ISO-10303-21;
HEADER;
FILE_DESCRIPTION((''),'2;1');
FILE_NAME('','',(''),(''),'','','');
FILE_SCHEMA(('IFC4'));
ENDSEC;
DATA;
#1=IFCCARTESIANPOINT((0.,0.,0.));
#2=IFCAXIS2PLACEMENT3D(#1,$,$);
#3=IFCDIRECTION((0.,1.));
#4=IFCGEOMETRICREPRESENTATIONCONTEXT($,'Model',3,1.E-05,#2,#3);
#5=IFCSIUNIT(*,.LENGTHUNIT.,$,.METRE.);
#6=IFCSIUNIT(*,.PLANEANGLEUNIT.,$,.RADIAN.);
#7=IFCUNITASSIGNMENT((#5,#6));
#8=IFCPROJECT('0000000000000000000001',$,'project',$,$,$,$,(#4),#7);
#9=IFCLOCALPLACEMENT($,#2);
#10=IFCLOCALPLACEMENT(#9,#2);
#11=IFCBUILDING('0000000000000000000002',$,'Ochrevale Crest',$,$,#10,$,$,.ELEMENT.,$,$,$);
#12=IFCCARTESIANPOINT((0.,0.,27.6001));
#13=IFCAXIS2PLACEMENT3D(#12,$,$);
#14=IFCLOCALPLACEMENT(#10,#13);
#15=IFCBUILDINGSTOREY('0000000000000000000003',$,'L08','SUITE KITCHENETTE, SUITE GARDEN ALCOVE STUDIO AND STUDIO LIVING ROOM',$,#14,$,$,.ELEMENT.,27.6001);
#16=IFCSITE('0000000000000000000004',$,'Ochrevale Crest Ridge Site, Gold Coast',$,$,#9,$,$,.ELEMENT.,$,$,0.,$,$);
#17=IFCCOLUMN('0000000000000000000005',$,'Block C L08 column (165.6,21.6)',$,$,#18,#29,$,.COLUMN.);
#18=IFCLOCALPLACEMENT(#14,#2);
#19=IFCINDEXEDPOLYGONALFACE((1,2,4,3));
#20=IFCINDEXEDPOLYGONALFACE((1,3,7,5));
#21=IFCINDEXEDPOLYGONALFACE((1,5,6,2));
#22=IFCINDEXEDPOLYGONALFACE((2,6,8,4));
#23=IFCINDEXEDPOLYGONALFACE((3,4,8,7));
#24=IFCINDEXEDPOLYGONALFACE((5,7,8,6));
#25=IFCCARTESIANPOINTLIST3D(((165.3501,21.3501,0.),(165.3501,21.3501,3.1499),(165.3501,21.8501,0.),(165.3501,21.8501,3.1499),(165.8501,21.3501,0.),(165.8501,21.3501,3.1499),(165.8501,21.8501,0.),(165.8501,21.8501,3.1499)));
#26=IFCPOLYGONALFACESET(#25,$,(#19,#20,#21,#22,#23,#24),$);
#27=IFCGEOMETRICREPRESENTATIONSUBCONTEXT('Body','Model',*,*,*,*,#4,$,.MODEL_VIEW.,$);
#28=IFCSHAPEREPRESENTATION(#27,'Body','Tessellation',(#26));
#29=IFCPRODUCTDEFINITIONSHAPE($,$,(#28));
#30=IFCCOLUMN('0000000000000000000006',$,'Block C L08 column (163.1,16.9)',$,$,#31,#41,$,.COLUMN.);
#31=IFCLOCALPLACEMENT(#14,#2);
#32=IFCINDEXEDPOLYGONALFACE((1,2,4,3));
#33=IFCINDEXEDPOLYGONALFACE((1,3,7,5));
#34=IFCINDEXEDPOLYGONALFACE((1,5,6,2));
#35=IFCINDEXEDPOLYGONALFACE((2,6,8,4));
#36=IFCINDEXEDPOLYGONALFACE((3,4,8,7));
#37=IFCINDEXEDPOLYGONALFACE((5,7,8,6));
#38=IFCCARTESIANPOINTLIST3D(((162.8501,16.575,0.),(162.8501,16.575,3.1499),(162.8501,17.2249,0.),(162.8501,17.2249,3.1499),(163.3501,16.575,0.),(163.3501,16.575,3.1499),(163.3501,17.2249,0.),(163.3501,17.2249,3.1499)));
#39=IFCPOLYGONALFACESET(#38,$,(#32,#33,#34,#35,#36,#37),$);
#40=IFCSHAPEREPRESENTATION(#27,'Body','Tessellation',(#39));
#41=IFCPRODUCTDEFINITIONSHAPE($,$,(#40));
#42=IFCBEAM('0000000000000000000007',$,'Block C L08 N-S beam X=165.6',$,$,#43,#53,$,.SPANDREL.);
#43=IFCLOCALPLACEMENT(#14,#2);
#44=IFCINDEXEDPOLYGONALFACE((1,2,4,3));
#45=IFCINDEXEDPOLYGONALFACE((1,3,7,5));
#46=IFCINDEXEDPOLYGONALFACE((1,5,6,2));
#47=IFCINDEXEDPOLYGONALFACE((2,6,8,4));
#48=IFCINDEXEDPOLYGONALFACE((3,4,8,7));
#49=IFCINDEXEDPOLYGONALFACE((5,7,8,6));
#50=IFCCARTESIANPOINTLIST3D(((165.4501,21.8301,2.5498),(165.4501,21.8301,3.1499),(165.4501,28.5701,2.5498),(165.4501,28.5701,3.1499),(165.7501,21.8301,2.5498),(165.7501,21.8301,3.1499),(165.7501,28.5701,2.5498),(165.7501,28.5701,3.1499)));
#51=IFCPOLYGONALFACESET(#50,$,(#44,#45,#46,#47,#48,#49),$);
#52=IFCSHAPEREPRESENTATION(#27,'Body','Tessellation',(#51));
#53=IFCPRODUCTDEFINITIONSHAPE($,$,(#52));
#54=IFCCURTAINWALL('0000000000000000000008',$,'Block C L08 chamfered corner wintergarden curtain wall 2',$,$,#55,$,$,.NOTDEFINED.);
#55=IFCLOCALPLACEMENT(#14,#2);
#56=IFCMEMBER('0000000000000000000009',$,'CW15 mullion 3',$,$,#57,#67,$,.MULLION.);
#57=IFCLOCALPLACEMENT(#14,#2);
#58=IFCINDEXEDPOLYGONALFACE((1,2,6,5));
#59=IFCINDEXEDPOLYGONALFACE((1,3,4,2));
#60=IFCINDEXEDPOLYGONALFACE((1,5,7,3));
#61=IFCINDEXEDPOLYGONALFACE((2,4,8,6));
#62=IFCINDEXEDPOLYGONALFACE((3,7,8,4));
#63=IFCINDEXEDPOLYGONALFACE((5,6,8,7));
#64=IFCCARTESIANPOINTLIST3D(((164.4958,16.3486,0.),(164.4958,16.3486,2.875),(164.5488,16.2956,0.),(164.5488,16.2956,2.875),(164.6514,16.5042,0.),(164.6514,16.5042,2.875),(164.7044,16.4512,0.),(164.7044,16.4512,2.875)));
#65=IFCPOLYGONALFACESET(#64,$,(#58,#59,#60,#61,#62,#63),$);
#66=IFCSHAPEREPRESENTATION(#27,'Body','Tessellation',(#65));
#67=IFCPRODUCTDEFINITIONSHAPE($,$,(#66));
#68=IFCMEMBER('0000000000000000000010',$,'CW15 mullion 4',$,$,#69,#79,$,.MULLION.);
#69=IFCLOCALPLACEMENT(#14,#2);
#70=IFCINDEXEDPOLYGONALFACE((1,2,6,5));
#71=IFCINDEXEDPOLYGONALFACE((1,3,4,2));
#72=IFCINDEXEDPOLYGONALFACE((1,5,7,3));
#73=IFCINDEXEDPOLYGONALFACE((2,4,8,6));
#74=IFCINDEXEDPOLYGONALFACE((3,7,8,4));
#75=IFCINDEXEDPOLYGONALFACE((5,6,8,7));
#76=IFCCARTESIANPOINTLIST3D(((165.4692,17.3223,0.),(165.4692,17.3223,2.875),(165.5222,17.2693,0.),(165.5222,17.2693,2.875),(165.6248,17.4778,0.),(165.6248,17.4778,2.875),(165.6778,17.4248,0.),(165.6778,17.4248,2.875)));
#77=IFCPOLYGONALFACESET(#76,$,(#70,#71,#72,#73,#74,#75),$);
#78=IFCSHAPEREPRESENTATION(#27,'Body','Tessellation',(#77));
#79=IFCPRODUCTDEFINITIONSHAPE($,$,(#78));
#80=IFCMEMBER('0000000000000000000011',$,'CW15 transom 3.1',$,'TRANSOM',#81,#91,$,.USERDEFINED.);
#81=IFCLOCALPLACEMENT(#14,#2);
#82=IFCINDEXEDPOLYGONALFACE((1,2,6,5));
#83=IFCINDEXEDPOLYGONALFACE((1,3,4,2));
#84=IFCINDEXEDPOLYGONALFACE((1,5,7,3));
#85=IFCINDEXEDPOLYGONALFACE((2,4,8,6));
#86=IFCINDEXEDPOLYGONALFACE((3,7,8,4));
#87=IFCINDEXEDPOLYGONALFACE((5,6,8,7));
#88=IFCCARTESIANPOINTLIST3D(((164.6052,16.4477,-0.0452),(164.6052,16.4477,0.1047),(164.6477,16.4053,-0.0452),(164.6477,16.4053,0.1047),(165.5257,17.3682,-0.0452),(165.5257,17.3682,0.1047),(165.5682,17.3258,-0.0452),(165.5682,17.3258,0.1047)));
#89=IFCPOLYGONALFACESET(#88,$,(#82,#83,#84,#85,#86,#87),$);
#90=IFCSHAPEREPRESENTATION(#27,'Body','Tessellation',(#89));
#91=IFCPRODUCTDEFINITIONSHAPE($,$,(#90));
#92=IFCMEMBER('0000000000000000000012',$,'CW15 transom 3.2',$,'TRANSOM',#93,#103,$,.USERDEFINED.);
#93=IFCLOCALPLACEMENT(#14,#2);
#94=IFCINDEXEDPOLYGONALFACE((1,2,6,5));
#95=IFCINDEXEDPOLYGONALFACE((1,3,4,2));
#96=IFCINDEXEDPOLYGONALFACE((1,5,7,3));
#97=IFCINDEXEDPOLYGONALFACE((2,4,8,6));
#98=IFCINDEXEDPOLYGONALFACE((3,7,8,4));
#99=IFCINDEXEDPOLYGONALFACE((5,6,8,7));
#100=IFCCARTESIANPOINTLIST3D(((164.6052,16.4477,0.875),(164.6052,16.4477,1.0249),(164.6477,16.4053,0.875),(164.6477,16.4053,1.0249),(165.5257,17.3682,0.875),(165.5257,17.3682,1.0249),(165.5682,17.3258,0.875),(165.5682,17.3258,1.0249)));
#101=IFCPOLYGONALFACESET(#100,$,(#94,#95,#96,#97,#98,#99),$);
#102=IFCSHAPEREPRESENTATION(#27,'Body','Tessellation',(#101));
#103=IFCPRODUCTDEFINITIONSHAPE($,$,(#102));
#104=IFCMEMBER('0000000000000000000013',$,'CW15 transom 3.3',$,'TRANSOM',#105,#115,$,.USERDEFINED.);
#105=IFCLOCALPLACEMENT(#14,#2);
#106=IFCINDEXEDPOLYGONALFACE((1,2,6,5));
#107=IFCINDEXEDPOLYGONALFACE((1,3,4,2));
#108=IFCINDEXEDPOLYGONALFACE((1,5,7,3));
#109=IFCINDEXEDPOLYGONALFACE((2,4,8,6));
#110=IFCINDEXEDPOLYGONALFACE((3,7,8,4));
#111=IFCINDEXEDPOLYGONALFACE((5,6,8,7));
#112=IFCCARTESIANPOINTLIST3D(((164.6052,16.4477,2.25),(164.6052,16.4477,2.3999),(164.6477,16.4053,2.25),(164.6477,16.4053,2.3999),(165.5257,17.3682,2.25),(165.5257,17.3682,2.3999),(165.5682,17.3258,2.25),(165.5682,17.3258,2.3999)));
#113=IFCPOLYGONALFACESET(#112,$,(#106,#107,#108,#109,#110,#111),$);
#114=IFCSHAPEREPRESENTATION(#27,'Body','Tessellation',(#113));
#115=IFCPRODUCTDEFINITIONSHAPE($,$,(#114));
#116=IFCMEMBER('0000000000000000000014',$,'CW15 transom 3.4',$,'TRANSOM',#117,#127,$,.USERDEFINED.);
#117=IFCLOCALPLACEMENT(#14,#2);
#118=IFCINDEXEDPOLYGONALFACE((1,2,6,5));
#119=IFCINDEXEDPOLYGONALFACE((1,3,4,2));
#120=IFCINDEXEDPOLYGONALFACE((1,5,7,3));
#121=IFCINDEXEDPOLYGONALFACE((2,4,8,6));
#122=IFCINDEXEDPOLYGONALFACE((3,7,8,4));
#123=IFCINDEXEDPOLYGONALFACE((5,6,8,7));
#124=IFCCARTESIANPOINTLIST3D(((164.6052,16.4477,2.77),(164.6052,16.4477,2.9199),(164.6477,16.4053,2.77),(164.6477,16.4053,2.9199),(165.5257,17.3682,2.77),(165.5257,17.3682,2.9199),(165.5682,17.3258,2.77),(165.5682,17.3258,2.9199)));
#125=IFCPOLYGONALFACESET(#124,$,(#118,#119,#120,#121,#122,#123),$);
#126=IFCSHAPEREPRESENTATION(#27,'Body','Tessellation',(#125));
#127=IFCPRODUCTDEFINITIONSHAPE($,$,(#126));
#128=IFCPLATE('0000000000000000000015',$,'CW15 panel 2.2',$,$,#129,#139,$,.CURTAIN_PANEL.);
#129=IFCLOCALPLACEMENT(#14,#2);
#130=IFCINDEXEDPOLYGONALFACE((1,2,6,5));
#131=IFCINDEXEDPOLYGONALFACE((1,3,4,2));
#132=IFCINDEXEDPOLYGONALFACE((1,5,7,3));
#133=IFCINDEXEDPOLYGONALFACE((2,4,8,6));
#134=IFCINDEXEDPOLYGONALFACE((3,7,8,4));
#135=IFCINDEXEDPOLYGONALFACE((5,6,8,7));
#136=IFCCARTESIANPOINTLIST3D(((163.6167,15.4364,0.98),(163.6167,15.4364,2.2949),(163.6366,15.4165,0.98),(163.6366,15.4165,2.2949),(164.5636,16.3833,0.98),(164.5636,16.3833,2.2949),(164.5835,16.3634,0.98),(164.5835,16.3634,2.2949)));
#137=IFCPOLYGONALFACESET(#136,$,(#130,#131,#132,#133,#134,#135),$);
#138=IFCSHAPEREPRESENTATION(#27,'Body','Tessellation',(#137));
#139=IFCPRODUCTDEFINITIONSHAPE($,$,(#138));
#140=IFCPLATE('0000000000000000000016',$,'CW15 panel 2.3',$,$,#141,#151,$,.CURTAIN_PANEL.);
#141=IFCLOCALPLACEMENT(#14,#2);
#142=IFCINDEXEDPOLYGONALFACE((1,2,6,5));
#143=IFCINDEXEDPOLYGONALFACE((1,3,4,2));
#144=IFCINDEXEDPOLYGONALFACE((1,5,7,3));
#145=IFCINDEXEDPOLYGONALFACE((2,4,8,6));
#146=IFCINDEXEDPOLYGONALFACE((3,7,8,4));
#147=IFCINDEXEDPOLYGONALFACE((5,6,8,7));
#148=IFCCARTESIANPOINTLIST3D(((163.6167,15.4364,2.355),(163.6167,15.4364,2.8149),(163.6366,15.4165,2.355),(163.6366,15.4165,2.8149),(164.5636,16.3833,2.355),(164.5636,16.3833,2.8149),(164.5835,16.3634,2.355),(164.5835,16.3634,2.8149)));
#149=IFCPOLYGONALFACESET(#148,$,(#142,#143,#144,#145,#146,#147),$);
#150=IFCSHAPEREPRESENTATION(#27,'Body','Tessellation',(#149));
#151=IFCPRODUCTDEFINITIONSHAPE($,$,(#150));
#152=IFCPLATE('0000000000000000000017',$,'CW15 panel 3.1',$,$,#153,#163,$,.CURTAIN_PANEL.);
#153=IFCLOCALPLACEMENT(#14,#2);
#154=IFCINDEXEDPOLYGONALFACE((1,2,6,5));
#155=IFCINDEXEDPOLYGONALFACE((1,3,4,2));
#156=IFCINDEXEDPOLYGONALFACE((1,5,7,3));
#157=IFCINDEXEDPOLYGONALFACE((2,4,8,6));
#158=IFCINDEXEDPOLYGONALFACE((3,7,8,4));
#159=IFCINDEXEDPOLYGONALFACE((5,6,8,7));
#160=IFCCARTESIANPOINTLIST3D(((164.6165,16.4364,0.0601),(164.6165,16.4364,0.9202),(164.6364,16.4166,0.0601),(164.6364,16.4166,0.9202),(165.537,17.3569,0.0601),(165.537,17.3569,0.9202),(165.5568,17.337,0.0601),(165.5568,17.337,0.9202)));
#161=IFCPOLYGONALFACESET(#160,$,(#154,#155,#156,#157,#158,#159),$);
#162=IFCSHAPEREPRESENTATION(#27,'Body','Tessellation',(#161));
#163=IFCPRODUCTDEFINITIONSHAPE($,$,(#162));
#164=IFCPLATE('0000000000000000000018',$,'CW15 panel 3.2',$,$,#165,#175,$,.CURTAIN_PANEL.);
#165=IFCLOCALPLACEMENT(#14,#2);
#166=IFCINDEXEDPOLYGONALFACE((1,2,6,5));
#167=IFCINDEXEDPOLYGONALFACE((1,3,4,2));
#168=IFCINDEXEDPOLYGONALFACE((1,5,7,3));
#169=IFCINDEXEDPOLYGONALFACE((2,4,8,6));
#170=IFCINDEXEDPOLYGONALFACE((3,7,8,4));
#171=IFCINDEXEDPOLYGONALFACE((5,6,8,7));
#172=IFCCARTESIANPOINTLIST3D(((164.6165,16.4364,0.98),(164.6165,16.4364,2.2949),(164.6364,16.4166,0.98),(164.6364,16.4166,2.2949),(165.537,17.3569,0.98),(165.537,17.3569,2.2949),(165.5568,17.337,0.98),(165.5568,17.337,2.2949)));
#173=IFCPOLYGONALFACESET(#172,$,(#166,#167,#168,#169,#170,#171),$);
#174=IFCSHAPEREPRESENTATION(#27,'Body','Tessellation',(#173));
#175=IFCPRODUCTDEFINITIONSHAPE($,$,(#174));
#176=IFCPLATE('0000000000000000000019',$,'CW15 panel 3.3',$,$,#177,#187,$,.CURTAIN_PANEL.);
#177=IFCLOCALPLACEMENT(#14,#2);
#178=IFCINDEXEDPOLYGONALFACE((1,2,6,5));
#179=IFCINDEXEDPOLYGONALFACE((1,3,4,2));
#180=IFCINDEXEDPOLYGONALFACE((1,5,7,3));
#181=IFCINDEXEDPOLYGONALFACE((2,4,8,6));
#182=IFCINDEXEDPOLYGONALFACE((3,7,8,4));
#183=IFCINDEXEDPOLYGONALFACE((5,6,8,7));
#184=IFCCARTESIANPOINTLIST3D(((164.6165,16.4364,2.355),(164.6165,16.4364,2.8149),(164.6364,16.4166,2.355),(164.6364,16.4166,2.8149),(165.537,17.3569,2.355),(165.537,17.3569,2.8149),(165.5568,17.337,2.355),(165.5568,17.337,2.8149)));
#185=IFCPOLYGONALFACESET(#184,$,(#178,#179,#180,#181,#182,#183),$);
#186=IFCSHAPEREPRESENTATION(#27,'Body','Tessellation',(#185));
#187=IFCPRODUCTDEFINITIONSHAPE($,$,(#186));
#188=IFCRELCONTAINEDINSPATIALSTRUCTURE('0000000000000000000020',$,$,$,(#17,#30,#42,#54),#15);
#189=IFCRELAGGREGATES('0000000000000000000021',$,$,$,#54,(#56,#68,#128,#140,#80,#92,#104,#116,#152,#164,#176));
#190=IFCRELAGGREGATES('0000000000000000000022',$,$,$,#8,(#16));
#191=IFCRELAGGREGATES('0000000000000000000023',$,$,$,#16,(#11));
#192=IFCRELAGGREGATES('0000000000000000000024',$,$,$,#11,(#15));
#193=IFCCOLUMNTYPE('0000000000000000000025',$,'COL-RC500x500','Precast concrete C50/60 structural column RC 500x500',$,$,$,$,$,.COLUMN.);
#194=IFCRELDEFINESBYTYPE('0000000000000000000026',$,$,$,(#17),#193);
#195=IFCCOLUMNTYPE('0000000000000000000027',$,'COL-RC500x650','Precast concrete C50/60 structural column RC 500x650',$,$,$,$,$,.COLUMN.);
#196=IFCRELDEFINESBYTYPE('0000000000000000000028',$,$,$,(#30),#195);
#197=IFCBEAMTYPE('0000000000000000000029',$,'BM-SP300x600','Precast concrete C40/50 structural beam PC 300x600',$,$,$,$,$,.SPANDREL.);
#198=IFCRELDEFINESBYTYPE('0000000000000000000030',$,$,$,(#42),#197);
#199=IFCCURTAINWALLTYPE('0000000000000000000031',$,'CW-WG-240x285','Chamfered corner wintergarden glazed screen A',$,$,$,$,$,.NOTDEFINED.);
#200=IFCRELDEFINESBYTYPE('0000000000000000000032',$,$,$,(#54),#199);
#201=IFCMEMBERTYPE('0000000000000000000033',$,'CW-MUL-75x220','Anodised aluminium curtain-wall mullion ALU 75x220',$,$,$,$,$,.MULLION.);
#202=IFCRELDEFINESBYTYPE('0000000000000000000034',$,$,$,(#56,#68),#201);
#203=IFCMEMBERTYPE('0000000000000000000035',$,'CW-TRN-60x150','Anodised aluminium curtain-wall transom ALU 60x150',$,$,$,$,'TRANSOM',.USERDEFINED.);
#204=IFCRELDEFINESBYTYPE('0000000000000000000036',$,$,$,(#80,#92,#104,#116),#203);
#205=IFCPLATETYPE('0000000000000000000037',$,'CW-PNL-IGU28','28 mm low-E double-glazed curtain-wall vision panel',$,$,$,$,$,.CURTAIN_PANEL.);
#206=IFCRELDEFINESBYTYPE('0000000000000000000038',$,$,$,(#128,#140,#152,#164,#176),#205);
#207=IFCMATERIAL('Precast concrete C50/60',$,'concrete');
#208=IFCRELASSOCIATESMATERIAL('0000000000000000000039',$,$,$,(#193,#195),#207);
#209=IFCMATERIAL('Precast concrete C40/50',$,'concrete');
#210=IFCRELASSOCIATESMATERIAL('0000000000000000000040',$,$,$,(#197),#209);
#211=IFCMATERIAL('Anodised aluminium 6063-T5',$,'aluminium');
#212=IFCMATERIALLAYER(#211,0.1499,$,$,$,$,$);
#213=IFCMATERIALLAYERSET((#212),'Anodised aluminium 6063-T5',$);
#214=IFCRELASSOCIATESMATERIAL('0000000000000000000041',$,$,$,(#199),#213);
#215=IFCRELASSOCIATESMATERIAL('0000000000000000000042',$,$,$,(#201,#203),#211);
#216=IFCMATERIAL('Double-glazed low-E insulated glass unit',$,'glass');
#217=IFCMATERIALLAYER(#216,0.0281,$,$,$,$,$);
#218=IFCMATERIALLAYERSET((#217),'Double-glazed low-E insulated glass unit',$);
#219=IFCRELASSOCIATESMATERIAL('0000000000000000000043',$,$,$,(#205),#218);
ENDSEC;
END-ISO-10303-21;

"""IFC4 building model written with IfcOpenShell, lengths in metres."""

from ifc_helpers import new_model, si_unit, direction, frame, origin, origin_2d, place, context, subcontext, project, spatial, rectangle, extrude, material, layer, layer_set, material_profile, profile_set, type_object, element, aggregate, save


model = new_model("IFC4")

# Units and contexts
model_context = context("Model", 3, precision=1e-05, world=origin(), true_north=direction((0.0, 1.0)))
body_context = subcontext(model_context, "Body", "Model", "MODEL_VIEW")
ifc_project = project(units=[si_unit("LENGTHUNIT", "METRE"), si_unit("PLANEANGLEUNIT", "RADIAN")], contexts=[model_context])

# Site, building, storey
site_placement = place(None, origin())
site = spatial("IfcSite", under=ifc_project, at=site_placement, Name="Ochrevale Crest Ridge Site, Gold Coast", CompositionType="ELEMENT", RefElevation=0.0)
building_placement = place(site_placement, origin())
building = spatial("IfcBuilding", under=site, at=building_placement, Name="Ochrevale Crest", CompositionType="ELEMENT")
storey_placement = place(building_placement, frame((0.0, 0.0, 27.6001)))
storey = spatial("IfcBuildingStorey", under=building, at=storey_placement, Name="L08", Description="SUITE KITCHENETTE, SUITE GARDEN ALCOVE STUDIO AND STUDIO LIVING ROOM", CompositionType="ELEMENT", Elevation=27.6001)

# Columns
ifc_material_1 = material(Name="Precast concrete C50/60", Category="concrete")
ifc_material_profile_1 = material_profile(ifc_material_1, rectangle(XDim=0.5, YDim=0.5, at=origin_2d()), Name="RC 500x500")
ifc_profile_set_1 = profile_set([ifc_material_profile_1], Name="Precast concrete C50/60")
column_type_1 = type_object("IfcColumnType", Name="COL-RC500x500", Description="Precast concrete C50/60 structural column RC 500x500", PredefinedType="COLUMN", material=ifc_profile_set_1)
column_1_placement = place(storey_placement, frame((165.6001, 21.6001, 0.0), z_axis=(0.0, 0.0, 1.0), x_axis=(1.0, 0.0, 0.0)))
element("IfcColumn", 1, at=column_1_placement, inside=storey, type_object=column_type_1, Name="Block C L08 column (165.6,21.6)", PredefinedType="COLUMN", context=body_context, shape_type="SweptSolid", body=[
    extrude(rectangle(XDim=0.5, YDim=0.5, at=origin_2d()), origin(), (0.0, 0.0, 1.0), 3.1499),
])
ifc_material_profile_2 = material_profile(ifc_material_1, rectangle(XDim=0.5, YDim=0.6499, at=origin_2d()), Name="RC 500x650")
ifc_profile_set_2 = profile_set([ifc_material_profile_2], Name="Precast concrete C50/60")
column_type_2 = type_object("IfcColumnType", Name="COL-RC500x650", Description="Precast concrete C50/60 structural column RC 500x650", PredefinedType="COLUMN", material=ifc_profile_set_2)
column_2_placement = place(storey_placement, frame((163.1001, 16.8999, 0.0), z_axis=(0.0, 0.0, 1.0), x_axis=(1.0, 0.0, 0.0)))
element("IfcColumn", 2, at=column_2_placement, inside=storey, type_object=column_type_2, Name="Block C L08 column (163.1,16.9)", PredefinedType="COLUMN", context=body_context, shape_type="SweptSolid", body=[
    extrude(rectangle(XDim=0.5, YDim=0.6499, at=origin_2d()), origin(), (0.0, 0.0, 1.0), 3.1499),
])

# Beam
ifc_material_2 = material(Name="Precast concrete C40/50", Category="concrete")
ifc_material_profile_3 = material_profile(ifc_material_2, rectangle(XDim=0.3, YDim=0.6001, at=origin_2d()), Name="PC 300x600")
ifc_profile_set_3 = profile_set([ifc_material_profile_3], Name="Precast concrete C40/50")
beam_type = type_object("IfcBeamType", Name="BM-SP300x600", Description="Precast concrete C40/50 structural beam PC 300x600", PredefinedType="SPANDREL", material=ifc_profile_set_3)
beam_placement = place(storey_placement, frame((165.6001, 21.8301, 2.8499), z_axis=(0.0, 1.0, 0.0), x_axis=(-1.0, 0.0, 0.0)))
element("IfcBeam", 3, at=beam_placement, inside=storey, type_object=beam_type, Name="Block C L08 N-S beam X=165.6", PredefinedType="SPANDREL", context=body_context, shape_type="SweptSolid", body=[
    extrude(rectangle(XDim=0.3, YDim=0.6001, at=origin_2d()), origin(), (0.0, 0.0, 1.0), 6.74),
])

# Curtain wall, members, plates
ifc_material_3 = material(Name="Anodised aluminium 6063-T5", Category="aluminium")
ifc_layer_1 = layer(ifc_material_3, 0.1499)
ifc_layer_set_1 = layer_set([ifc_layer_1], Name="Anodised aluminium 6063-T5")
curtain_wall_type = type_object("IfcCurtainWallType", Name="CW-WG-240x285", Description="Chamfered corner wintergarden glazed screen A", PredefinedType="NOTDEFINED", material=ifc_layer_set_1)
curtain_wall_placement = place(storey_placement, origin())
curtain_wall = element("IfcCurtainWall", 4, at=curtain_wall_placement, inside=storey, type_object=curtain_wall_type, Name="Block C L08 chamfered corner wintergarden curtain wall 2", PredefinedType="NOTDEFINED")
ifc_material_profile_4 = material_profile(ifc_material_3, rectangle(XDim=0.075, YDim=0.22, at=origin_2d()), Name="ALU 75x220")
ifc_profile_set_4 = profile_set([ifc_material_profile_4], Name="Anodised aluminium 6063-T5")
member_type_1 = type_object("IfcMemberType", Name="CW-MUL-75x220", Description="Anodised aluminium curtain-wall mullion ALU 75x220", PredefinedType="MULLION", material=ifc_profile_set_4)
member_1_placement = place(storey_placement, frame((164.6001, 16.3999, 0.0), z_axis=(0.0, 0.0, 1.0), x_axis=(-0.707107, 0.707107, 0.0)))
member_1 = element("IfcMember", 5, at=member_1_placement, type_object=member_type_1, Name="CW15 mullion 3", PredefinedType="MULLION", context=body_context, shape_type="SweptSolid", body=[
    extrude(rectangle(XDim=0.075, YDim=0.22, at=origin_2d()), origin(), (0.0, 0.0, 1.0), 2.875),
])
member_2_placement = place(storey_placement, frame((165.5735, 17.3735, 0.0), z_axis=(0.0, 0.0, 1.0), x_axis=(-0.707107, 0.707107, 0.0)))
member_2 = element("IfcMember", 6, at=member_2_placement, type_object=member_type_1, Name="CW15 mullion 4", PredefinedType="MULLION", context=body_context, shape_type="SweptSolid", body=[
    extrude(rectangle(XDim=0.075, YDim=0.22, at=origin_2d()), origin(), (0.0, 0.0, 1.0), 2.875),
])
ifc_material_profile_5 = material_profile(ifc_material_3, rectangle(XDim=0.0601, YDim=0.1499, at=origin_2d()), Name="ALU 60x150")
ifc_profile_set_5 = profile_set([ifc_material_profile_5], Name="Anodised aluminium 6063-T5")
member_type_2 = type_object("IfcMemberType", Name="CW-TRN-60x150", Description="Anodised aluminium curtain-wall transom ALU 60x150", ElementType="TRANSOM", PredefinedType="USERDEFINED", material=ifc_profile_set_5)
member_3_placement = place(storey_placement, frame((164.6265, 16.4265, 0.0298), z_axis=(0.707107, 0.707107, 0.0), x_axis=(-0.707107, 0.707107, 0.0)))
member_3 = element("IfcMember", 7, at=member_3_placement, type_object=member_type_2, Name="CW15 transom 3.1", ObjectType="TRANSOM", PredefinedType="USERDEFINED", context=body_context, shape_type="SweptSolid", body=[
    extrude(rectangle(XDim=0.0601, YDim=0.1499, at=origin_2d()), origin(), (0.0, 0.0, 1.0), 1.3018),
])
member_4_placement = place(storey_placement, frame((164.6265, 16.4265, 0.95), z_axis=(0.707107, 0.707107, 0.0), x_axis=(-0.707107, 0.707107, 0.0)))
member_4 = element("IfcMember", 8, at=member_4_placement, type_object=member_type_2, Name="CW15 transom 3.2", ObjectType="TRANSOM", PredefinedType="USERDEFINED", context=body_context, shape_type="SweptSolid", body=[
    extrude(rectangle(XDim=0.0601, YDim=0.1499, at=origin_2d()), origin(), (0.0, 0.0, 1.0), 1.3018),
])
member_5_placement = place(storey_placement, frame((164.6265, 16.4265, 2.325), z_axis=(0.707107, 0.707107, 0.0), x_axis=(-0.707107, 0.707107, 0.0)))
member_5 = element("IfcMember", 9, at=member_5_placement, type_object=member_type_2, Name="CW15 transom 3.3", ObjectType="TRANSOM", PredefinedType="USERDEFINED", context=body_context, shape_type="SweptSolid", body=[
    extrude(rectangle(XDim=0.0601, YDim=0.1499, at=origin_2d()), origin(), (0.0, 0.0, 1.0), 1.3018),
])
member_6_placement = place(storey_placement, frame((164.6265, 16.4265, 2.845), z_axis=(0.707107, 0.707107, 0.0), x_axis=(-0.707107, 0.707107, 0.0)))
member_6 = element("IfcMember", 10, at=member_6_placement, type_object=member_type_2, Name="CW15 transom 3.4", ObjectType="TRANSOM", PredefinedType="USERDEFINED", context=body_context, shape_type="SweptSolid", body=[
    extrude(rectangle(XDim=0.0601, YDim=0.1499, at=origin_2d()), origin(), (0.0, 0.0, 1.0), 1.3018),
])
ifc_material_4 = material(Name="Double-glazed low-E insulated glass unit", Category="glass")
ifc_layer_2 = layer(ifc_material_4, 0.0281)
ifc_layer_set_2 = layer_set([ifc_layer_2], Name="Double-glazed low-E insulated glass unit")
plate_type = type_object("IfcPlateType", Name="CW-PNL-IGU28", Description="28 mm low-E double-glazed curtain-wall vision panel", PredefinedType="CURTAIN_PANEL", material=ifc_layer_set_2)
plate_1_placement = place(storey_placement, frame((164.1001, 15.8999, 0.98), z_axis=(0.0, 0.0, 1.0), x_axis=(0.707107, 0.707107, 0.0)))
plate_1 = element("IfcPlate", 11, at=plate_1_placement, type_object=plate_type, Name="CW15 panel 2.2", PredefinedType="CURTAIN_PANEL", context=body_context, shape_type="SweptSolid", body=[
    extrude(rectangle(XDim=1.3391, YDim=0.0281, at=origin_2d()), origin(), (0.0, 0.0, 1.0), 1.3149),
])
plate_2_placement = place(storey_placement, frame((164.1001, 15.8999, 2.355), z_axis=(0.0, 0.0, 1.0), x_axis=(0.707107, 0.707107, 0.0)))
plate_2 = element("IfcPlate", 12, at=plate_2_placement, type_object=plate_type, Name="CW15 panel 2.3", PredefinedType="CURTAIN_PANEL", context=body_context, shape_type="SweptSolid", body=[
    extrude(rectangle(XDim=1.3391, YDim=0.0281, at=origin_2d()), origin(), (0.0, 0.0, 1.0), 0.46),
])
plate_3_placement = place(storey_placement, frame((165.0867, 16.8867, 0.0601), z_axis=(0.0, 0.0, 1.0), x_axis=(0.707107, 0.707107, 0.0)))
plate_3 = element("IfcPlate", 13, at=plate_3_placement, type_object=plate_type, Name="CW15 panel 3.1", PredefinedType="CURTAIN_PANEL", context=body_context, shape_type="SweptSolid", body=[
    extrude(rectangle(XDim=1.3018, YDim=0.0281, at=origin_2d()), origin(), (0.0, 0.0, 1.0), 0.8601),
])
plate_4_placement = place(storey_placement, frame((165.0867, 16.8867, 0.98), z_axis=(0.0, 0.0, 1.0), x_axis=(0.707107, 0.707107, 0.0)))
plate_4 = element("IfcPlate", 14, at=plate_4_placement, type_object=plate_type, Name="CW15 panel 3.2", PredefinedType="CURTAIN_PANEL", context=body_context, shape_type="SweptSolid", body=[
    extrude(rectangle(XDim=1.3018, YDim=0.0281, at=origin_2d()), origin(), (0.0, 0.0, 1.0), 1.3149),
])
plate_5_placement = place(storey_placement, frame((165.0867, 16.8867, 2.355), z_axis=(0.0, 0.0, 1.0), x_axis=(0.707107, 0.707107, 0.0)))
plate_5 = element("IfcPlate", 15, at=plate_5_placement, type_object=plate_type, Name="CW15 panel 3.3", PredefinedType="CURTAIN_PANEL", context=body_context, shape_type="SweptSolid", body=[
    extrude(rectangle(XDim=1.3018, YDim=0.0281, at=origin_2d()), origin(), (0.0, 0.0, 1.0), 0.46),
])
aggregate(curtain_wall, [member_1, member_2, plate_1, plate_2, member_3, member_4, member_5, member_6, plate_3, plate_4, plate_5])

save(model, "model.ifc")
